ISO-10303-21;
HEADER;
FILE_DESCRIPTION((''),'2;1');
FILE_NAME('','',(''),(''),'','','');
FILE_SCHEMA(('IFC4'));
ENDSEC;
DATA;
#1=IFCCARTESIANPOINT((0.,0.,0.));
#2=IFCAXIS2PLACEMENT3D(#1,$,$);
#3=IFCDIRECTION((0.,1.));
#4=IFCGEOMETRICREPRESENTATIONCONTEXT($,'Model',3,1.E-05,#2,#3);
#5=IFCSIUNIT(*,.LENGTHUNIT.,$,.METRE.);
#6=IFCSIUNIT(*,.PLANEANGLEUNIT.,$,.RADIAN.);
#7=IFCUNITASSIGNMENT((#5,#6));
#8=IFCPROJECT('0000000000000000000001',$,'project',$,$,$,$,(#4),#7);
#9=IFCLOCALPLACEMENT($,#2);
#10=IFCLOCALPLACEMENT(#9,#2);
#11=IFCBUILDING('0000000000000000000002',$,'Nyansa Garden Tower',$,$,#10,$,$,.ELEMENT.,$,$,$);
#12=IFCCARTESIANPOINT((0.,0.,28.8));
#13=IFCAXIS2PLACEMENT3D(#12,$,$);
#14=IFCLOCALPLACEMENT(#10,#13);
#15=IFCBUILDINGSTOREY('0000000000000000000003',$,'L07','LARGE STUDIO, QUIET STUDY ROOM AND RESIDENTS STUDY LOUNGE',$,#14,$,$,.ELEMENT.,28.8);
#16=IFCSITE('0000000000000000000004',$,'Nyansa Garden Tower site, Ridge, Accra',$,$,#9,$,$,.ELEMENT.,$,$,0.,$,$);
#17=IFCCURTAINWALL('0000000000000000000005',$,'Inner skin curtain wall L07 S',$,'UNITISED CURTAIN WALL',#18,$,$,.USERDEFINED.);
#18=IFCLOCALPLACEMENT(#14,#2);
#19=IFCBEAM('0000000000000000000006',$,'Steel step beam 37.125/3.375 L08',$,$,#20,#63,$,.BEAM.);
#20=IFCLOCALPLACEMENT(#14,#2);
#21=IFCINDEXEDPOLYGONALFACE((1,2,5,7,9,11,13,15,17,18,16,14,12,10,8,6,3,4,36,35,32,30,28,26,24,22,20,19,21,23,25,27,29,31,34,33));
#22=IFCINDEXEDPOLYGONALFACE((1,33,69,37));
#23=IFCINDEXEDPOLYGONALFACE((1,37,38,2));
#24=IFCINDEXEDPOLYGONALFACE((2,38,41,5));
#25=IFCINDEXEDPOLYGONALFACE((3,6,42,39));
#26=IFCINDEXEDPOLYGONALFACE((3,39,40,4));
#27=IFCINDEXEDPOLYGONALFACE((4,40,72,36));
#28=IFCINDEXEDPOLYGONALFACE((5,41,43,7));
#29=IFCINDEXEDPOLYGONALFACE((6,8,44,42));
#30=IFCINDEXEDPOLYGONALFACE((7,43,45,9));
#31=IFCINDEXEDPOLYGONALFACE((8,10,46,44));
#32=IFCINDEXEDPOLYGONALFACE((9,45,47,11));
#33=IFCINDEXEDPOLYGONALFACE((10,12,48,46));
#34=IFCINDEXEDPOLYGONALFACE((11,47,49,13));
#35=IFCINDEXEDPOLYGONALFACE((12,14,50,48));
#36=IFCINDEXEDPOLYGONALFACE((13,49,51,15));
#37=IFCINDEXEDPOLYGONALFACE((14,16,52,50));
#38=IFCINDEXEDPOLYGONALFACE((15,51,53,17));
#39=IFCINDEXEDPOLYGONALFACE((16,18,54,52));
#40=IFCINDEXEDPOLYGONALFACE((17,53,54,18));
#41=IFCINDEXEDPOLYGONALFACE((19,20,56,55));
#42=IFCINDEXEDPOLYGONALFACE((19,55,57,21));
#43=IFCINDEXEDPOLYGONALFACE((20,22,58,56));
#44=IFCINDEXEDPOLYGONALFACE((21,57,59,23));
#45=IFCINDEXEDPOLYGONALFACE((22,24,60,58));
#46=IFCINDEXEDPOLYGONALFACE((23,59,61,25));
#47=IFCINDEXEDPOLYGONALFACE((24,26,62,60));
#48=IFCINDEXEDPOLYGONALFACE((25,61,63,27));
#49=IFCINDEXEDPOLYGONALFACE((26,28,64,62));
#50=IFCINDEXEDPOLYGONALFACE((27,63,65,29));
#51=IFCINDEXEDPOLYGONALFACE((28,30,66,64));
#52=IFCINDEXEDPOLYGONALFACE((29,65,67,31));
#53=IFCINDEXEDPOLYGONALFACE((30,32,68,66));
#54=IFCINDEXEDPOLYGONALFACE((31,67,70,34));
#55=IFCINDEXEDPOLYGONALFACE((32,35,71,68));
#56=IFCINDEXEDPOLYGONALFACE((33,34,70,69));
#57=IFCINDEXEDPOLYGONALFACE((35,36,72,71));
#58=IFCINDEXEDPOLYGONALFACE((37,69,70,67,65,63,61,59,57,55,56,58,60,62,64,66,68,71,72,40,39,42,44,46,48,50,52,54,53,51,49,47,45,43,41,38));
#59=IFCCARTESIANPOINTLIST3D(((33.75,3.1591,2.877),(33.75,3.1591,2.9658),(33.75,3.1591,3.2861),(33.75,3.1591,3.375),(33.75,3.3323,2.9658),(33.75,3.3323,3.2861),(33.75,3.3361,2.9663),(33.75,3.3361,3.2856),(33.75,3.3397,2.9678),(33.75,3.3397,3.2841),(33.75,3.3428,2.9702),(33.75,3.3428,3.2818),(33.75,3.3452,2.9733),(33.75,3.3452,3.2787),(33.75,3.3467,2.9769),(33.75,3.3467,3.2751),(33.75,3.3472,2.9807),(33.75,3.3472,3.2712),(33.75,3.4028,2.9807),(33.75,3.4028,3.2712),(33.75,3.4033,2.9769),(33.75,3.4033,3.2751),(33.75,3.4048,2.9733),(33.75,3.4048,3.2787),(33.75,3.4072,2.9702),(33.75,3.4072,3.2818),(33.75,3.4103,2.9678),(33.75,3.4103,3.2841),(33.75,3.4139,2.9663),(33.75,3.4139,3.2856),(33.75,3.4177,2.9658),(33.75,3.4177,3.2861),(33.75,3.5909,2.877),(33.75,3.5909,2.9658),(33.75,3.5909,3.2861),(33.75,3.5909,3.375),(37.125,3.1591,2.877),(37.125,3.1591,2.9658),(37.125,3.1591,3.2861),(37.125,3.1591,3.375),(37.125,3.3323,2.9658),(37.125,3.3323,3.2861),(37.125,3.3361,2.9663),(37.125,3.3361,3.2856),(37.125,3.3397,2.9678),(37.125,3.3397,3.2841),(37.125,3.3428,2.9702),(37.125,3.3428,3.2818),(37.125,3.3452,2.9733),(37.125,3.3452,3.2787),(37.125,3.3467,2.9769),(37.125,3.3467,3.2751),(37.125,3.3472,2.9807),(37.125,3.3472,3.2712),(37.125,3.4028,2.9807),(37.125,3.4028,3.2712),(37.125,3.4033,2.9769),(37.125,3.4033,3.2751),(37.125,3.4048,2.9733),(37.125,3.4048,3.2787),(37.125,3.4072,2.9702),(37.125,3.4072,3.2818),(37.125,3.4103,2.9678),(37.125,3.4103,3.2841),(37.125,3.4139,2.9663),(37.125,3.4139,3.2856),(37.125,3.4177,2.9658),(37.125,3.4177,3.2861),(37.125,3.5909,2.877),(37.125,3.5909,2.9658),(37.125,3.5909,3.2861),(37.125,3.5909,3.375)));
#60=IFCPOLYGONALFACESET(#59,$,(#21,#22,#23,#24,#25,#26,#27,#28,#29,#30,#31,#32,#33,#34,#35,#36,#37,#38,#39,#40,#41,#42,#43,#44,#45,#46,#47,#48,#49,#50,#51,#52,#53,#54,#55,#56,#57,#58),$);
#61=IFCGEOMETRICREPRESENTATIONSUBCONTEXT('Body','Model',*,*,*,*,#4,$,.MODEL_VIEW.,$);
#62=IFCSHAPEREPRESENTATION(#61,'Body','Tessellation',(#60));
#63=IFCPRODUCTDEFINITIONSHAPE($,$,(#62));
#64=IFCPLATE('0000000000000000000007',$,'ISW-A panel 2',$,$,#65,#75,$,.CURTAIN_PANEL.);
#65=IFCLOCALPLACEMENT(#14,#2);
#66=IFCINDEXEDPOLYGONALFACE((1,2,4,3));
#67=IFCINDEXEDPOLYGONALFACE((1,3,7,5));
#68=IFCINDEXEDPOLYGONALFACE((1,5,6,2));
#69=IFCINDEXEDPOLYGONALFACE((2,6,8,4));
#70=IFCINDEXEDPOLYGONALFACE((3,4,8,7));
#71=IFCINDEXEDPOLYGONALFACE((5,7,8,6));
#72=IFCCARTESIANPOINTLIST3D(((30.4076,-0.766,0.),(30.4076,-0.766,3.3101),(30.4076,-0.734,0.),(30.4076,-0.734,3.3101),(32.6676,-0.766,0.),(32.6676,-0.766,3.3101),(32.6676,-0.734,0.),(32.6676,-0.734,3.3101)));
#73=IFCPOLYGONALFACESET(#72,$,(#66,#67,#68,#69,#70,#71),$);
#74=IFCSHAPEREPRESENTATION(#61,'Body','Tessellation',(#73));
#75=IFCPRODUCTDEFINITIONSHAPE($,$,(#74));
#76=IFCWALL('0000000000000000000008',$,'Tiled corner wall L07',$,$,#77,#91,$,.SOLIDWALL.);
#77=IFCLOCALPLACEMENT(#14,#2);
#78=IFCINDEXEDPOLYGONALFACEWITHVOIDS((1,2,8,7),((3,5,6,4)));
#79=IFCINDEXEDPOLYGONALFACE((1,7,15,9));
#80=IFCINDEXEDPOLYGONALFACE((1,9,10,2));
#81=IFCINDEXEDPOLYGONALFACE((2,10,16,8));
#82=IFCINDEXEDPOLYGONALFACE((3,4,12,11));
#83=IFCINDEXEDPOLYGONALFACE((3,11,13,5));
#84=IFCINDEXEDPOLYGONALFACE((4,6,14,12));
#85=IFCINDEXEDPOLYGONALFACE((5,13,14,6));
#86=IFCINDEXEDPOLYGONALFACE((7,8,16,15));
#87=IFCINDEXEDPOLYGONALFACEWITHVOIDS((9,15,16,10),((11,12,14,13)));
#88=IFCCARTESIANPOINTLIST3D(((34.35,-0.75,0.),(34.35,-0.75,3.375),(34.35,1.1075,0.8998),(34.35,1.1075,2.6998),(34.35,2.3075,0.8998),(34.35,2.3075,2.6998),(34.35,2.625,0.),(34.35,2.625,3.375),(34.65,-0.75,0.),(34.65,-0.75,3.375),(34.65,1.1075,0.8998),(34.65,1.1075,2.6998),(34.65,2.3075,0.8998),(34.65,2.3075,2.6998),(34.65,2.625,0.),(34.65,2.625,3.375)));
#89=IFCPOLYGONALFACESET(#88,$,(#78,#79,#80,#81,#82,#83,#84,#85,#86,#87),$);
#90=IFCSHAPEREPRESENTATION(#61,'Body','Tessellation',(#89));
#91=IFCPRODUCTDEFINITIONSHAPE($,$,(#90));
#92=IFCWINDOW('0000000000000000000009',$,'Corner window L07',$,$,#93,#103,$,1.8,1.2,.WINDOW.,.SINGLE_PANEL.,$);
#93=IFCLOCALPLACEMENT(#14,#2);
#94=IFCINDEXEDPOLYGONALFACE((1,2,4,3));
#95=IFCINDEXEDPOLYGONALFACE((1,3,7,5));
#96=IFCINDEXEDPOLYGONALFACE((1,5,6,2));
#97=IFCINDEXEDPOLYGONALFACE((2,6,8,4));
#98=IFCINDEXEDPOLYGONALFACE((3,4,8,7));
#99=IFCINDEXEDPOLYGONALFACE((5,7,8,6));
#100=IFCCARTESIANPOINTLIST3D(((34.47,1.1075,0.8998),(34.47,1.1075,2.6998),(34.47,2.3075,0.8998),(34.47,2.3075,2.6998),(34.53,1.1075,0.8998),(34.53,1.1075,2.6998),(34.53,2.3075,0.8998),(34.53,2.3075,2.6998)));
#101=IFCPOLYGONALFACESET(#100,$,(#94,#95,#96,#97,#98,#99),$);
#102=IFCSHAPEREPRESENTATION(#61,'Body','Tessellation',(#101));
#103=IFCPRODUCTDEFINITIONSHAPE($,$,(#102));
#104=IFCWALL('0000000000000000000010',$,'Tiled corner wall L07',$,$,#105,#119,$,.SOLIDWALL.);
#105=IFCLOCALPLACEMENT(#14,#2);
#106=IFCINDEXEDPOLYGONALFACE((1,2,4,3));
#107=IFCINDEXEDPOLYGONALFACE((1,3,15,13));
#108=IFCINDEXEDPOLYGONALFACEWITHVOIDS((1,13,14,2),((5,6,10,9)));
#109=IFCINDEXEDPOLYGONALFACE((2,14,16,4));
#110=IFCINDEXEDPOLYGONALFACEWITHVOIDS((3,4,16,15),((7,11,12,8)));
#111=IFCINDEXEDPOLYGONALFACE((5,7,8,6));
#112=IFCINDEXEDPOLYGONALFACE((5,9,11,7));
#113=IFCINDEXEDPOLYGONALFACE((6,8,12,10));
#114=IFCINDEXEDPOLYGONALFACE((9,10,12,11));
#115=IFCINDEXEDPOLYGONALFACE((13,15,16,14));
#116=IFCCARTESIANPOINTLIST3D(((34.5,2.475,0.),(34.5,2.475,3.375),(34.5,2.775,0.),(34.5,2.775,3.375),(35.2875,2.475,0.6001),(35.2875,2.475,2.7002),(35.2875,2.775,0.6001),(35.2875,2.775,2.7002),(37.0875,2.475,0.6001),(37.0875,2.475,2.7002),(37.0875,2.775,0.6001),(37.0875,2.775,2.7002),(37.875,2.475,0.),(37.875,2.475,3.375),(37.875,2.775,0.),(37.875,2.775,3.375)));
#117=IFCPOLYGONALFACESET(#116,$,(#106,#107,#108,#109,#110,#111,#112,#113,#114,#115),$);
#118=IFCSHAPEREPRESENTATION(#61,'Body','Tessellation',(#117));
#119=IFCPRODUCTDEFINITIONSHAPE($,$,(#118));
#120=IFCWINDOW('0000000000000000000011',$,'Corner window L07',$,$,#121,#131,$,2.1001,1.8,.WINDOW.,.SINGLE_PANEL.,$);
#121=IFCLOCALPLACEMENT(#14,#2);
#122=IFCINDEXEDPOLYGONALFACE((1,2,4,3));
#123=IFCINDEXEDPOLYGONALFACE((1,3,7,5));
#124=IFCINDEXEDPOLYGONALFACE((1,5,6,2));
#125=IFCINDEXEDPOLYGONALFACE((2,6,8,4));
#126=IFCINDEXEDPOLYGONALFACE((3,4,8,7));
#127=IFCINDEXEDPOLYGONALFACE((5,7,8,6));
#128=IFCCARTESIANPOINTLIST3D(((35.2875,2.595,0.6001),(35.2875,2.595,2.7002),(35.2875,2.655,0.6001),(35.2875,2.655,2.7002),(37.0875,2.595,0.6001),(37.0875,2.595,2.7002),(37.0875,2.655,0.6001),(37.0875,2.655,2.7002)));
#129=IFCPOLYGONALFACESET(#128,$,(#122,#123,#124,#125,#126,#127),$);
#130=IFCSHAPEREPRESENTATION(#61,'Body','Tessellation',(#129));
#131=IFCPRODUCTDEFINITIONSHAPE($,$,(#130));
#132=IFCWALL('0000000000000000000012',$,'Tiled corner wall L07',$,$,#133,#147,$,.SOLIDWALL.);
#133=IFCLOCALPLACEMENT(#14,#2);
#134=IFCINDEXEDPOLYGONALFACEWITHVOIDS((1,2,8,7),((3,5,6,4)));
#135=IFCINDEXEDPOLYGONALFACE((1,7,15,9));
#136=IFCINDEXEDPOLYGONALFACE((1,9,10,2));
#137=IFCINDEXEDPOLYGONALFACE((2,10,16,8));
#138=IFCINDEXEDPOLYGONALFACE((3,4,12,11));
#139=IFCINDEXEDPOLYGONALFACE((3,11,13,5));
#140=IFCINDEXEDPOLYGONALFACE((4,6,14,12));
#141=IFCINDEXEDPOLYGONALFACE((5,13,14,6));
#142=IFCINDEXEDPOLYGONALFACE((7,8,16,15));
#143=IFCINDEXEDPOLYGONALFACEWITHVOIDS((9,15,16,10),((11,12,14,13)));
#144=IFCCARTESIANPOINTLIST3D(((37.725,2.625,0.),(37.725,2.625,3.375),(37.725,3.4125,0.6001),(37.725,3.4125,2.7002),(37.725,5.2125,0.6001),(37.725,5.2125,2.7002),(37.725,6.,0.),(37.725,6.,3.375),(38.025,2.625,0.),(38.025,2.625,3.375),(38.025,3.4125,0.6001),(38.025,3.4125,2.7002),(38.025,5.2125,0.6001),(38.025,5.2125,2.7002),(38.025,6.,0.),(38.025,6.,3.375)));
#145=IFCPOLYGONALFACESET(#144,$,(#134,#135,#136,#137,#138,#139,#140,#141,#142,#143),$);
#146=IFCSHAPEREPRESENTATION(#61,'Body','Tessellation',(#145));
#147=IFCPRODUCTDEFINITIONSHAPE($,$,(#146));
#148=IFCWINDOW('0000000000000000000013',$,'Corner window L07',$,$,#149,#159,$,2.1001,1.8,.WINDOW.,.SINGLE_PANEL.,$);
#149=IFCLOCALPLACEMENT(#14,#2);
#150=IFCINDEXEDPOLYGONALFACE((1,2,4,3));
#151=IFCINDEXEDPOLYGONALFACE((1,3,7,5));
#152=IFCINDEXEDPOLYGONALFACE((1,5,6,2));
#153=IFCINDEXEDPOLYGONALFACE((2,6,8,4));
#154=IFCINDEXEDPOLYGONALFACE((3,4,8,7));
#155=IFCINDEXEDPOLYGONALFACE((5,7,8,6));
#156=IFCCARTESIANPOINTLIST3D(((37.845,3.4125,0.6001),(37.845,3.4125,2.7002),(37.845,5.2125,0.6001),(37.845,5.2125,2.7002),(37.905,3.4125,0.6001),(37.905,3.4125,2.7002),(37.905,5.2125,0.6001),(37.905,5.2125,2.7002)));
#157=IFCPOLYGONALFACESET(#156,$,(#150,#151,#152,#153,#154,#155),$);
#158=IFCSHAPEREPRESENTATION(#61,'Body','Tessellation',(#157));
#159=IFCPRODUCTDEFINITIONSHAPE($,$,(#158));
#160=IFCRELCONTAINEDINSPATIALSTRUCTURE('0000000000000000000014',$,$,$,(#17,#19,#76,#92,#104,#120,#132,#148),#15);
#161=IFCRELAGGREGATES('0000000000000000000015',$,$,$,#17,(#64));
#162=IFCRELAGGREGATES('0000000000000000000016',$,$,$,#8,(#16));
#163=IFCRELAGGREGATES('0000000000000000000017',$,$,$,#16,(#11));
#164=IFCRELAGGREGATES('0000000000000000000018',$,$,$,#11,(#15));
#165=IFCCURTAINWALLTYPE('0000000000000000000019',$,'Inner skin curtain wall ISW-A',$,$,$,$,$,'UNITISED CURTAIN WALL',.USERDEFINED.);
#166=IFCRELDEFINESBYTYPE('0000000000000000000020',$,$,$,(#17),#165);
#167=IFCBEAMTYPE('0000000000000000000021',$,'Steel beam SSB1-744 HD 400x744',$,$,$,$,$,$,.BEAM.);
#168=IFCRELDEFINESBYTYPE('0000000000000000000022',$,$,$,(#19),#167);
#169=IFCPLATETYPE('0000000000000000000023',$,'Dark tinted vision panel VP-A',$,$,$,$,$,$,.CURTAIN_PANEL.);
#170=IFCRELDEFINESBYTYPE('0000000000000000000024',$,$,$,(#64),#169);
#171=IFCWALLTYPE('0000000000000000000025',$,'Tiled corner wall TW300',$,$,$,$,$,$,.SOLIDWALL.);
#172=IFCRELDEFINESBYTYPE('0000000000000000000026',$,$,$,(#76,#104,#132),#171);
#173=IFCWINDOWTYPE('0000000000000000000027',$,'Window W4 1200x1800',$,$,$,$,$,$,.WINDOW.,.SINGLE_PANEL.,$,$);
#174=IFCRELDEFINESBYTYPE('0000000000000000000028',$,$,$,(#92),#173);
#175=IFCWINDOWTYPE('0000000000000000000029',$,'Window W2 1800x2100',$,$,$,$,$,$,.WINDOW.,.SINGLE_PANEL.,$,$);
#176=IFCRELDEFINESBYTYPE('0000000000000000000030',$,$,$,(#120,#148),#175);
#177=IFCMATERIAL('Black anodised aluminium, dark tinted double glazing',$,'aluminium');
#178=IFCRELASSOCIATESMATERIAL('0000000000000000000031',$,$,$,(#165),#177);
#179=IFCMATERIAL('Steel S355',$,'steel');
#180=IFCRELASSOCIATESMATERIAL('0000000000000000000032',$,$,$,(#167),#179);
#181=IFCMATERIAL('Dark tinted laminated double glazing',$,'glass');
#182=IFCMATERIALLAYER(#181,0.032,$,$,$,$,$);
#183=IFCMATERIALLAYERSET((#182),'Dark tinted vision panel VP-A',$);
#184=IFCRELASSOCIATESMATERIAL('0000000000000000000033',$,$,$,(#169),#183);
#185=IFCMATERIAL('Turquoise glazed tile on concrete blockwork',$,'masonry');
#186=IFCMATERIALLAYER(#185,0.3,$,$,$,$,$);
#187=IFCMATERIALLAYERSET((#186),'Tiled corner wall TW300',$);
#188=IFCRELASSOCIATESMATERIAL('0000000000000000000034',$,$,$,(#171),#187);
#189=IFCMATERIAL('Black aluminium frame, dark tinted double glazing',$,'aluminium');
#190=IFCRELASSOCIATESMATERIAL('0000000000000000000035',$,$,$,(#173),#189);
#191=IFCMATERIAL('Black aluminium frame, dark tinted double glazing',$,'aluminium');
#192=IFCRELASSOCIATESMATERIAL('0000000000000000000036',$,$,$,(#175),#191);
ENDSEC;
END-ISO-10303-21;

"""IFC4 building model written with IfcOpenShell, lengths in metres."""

from ifc_helpers import new_model, si_unit, direction, frame, frame_2d, origin, origin_2d, place, context, subcontext, project, spatial, rectangle, i_section, extrude, material, layer, layer_set, material_profile, profile_set, type_object, element, fill, aggregate, save


model = new_model("IFC4")

# Units and contexts
model_context = context("Model", 3, precision=1e-05, world=origin(), true_north=direction((0.0, 1.0)))
body_context = subcontext(model_context, "Body", "Model", "MODEL_VIEW")
ifc_project = project(units=[si_unit("LENGTHUNIT", "METRE"), si_unit("PLANEANGLEUNIT", "RADIAN")], contexts=[model_context])

# Site, building, storey
site_placement = place(None, origin())
site = spatial("IfcSite", under=ifc_project, at=site_placement, Name="Nyansa Garden Tower site, Ridge, Accra", CompositionType="ELEMENT", RefElevation=0.0)
building_placement = place(site_placement, origin())
building = spatial("IfcBuilding", under=site, at=building_placement, Name="Nyansa Garden Tower", CompositionType="ELEMENT")
storey_placement = place(building_placement, frame((0.0, 0.0, 28.8)))
storey = spatial("IfcBuildingStorey", under=building, at=storey_placement, Name="L07", Description="LARGE STUDIO, QUIET STUDY ROOM AND RESIDENTS STUDY LOUNGE", CompositionType="ELEMENT", Elevation=28.8)

# Curtain wall
ifc_material_1 = material(Name="Black anodised aluminium, dark tinted double glazing", Category="aluminium")
curtain_wall_type = type_object("IfcCurtainWallType", Name="Inner skin curtain wall ISW-A", ElementType="UNITISED CURTAIN WALL", PredefinedType="USERDEFINED", material=ifc_material_1)
curtain_wall_placement = place(storey_placement, origin())
curtain_wall = element("IfcCurtainWall", 1, at=curtain_wall_placement, inside=storey, type_object=curtain_wall_type, Name="Inner skin curtain wall L07 S", ObjectType="UNITISED CURTAIN WALL", PredefinedType="USERDEFINED")

# Beam
ifc_material_2 = material(Name="Steel S355", Category="steel")
ifc_material_profile_1 = material_profile(ifc_material_2, i_section(OverallWidth=0.4319, OverallDepth=0.498, WebThickness=0.0557, FlangeThickness=0.0889, FilletRadius=0.0149, at=origin_2d()), Name="HD 400x744")
ifc_profile_set_1 = profile_set([ifc_material_profile_1], Name="Steel S355")
beam_type_1 = type_object("IfcBeamType", Name="Steel beam SSB1-744 HD 400x744", PredefinedType="BEAM", material=ifc_profile_set_1)
for number, where, z_axis, x_axis, name in (
    (2, (37.125, 3.375, 3.126), (-1.0, 0.0, 0.0), (0.0, -1.0, 0.0), "Steel step beam 37.125/3.375 L08"),
):
    element("IfcBeam", number, at=place(storey_placement, frame(where, z_axis=z_axis, x_axis=x_axis)), inside=storey, type_object=beam_type_1, Name=name, PredefinedType="BEAM", context=body_context, shape_type="SweptSolid", body=[
        extrude(i_section(OverallWidth=0.4319, OverallDepth=0.498, WebThickness=0.0557, FlangeThickness=0.0889, FilletRadius=0.0149, at=origin_2d()), origin(), (0.0, 0.0, 1.0), 3.375),
    ])

# Plate
ifc_material_3 = material(Name="Dark tinted laminated double glazing", Category="glass")
ifc_layer_1 = layer(ifc_material_3, 0.032)
ifc_layer_set_1 = layer_set([ifc_layer_1], Name="Dark tinted vision panel VP-A")
plate_type = type_object("IfcPlateType", Name="Dark tinted vision panel VP-A", PredefinedType="CURTAIN_PANEL", material=ifc_layer_set_1)
plate_placement = place(storey_placement, frame((31.5376, -0.75, 0.0), z_axis=(0.0, 0.0, 1.0), x_axis=(1.0, 0.0, 0.0)))
plate = element("IfcPlate", 3, at=plate_placement, type_object=plate_type, Name="ISW-A panel 2", PredefinedType="CURTAIN_PANEL", context=body_context, shape_type="SweptSolid", body=[
    extrude(rectangle(XDim=2.26, YDim=0.032, at=origin_2d()), origin(), (0.0, 0.0, 1.0), 3.3101),
])
aggregate(curtain_wall, [plate])

# Walls, openings, windows
ifc_material_4 = material(Name="Turquoise glazed tile on concrete blockwork", Category="masonry")
ifc_layer_2 = layer(ifc_material_4, 0.3)
ifc_layer_set_2 = layer_set([ifc_layer_2], Name="Tiled corner wall TW300")
wall_type = type_object("IfcWallType", Name="Tiled corner wall TW300", PredefinedType="SOLIDWALL", material=ifc_layer_set_2)
wall_1_placement = place(storey_placement, frame((34.5, -0.75, 0.0), z_axis=(0.0, 0.0, 1.0), x_axis=(0.0, 1.0, 0.0)))
wall_1 = element("IfcWall", 4, at=wall_1_placement, inside=storey, type_object=wall_type, Name="Tiled corner wall L07", PredefinedType="SOLIDWALL", context=body_context, shape_type="SweptSolid", body=[
    extrude(rectangle(XDim=3.375, YDim=0.3, at=frame_2d((1.6875, 0.0))), origin(), (0.0, 0.0, 1.0), 3.375),
])
opening_1_placement = place(wall_1_placement, frame((1.8574, 0.0, 0.8999)))
opening_1 = element("IfcOpeningElement", 5, at=opening_1_placement, cuts=wall_1, PredefinedType="OPENING", context=body_context, shape_type="SweptSolid", body=[
    extrude(rectangle(XDim=1.2, YDim=1.8, at=frame_2d((0.6001, 0.8999))), frame((0.0, 0.1599, 0.0), z_axis=(0.0, -1.0, 0.0), x_axis=(1.0, 0.0, 0.0)), (0.0, 0.0, 1.0), 0.3201),
])
ifc_material_5 = material(Name="Black aluminium frame, dark tinted double glazing", Category="aluminium")
window_type_1 = type_object("IfcWindowType", Name="Window W4 1200x1800", PartitioningType="SINGLE_PANEL", PredefinedType="WINDOW", material=ifc_material_5)
window_1_placement = place(opening_1_placement, origin())
window_1 = element("IfcWindow", 6, at=window_1_placement, inside=storey, type_object=window_type_1, Name="Corner window L07", OverallHeight=1.8, OverallWidth=1.2, PartitioningType="SINGLE_PANEL", PredefinedType="WINDOW", context=body_context, shape_type="SweptSolid", body=[
    extrude(rectangle(XDim=1.2, YDim=1.8, at=frame_2d((0.6001, 0.8999))), frame((0.0, 0.03, 0.0), z_axis=(0.0, -1.0, 0.0), x_axis=(1.0, 0.0, 0.0)), (0.0, 0.0, 1.0), 0.0601),
])
fill(opening_1, window_1)
wall_2_placement = place(storey_placement, frame((34.5, 2.625, 0.0), z_axis=(0.0, 0.0, 1.0), x_axis=(1.0, 0.0, 0.0)))
wall_2 = element("IfcWall", 7, at=wall_2_placement, inside=storey, type_object=wall_type, Name="Tiled corner wall L07", PredefinedType="SOLIDWALL", context=body_context, shape_type="SweptSolid", body=[
    extrude(rectangle(XDim=3.375, YDim=0.3, at=frame_2d((1.6875, 0.0))), origin(), (0.0, 0.0, 1.0), 3.375),
])
opening_2_placement = place(wall_2_placement, frame((0.7876, 0.0, 0.6001)))
opening_2 = element("IfcOpeningElement", 8, at=opening_2_placement, cuts=wall_2, PredefinedType="OPENING", context=body_context, shape_type="SweptSolid", body=[
    extrude(rectangle(XDim=1.8, YDim=2.1001, at=frame_2d((0.8999, 1.05))), frame((0.0, 0.1599, 0.0), z_axis=(0.0, -1.0, 0.0), x_axis=(1.0, 0.0, 0.0)), (0.0, 0.0, 1.0), 0.3201),
])
ifc_material_6 = material(Name="Black aluminium frame, dark tinted double glazing", Category="aluminium")
window_type_2 = type_object("IfcWindowType", Name="Window W2 1800x2100", PartitioningType="SINGLE_PANEL", PredefinedType="WINDOW", material=ifc_material_6)
window_2_placement = place(opening_2_placement, origin())
window_2 = element("IfcWindow", 9, at=window_2_placement, inside=storey, type_object=window_type_2, Name="Corner window L07", OverallHeight=2.1001, OverallWidth=1.8, PartitioningType="SINGLE_PANEL", PredefinedType="WINDOW", context=body_context, shape_type="SweptSolid", body=[
    extrude(rectangle(XDim=1.8, YDim=2.1001, at=frame_2d((0.8999, 1.05))), frame((0.0, 0.03, 0.0), z_axis=(0.0, -1.0, 0.0), x_axis=(1.0, 0.0, 0.0)), (0.0, 0.0, 1.0), 0.0601),
])
fill(opening_2, window_2)
wall_3_placement = place(storey_placement, frame((37.875, 2.625, 0.0), z_axis=(0.0, 0.0, 1.0), x_axis=(0.0, 1.0, 0.0)))
wall_3 = element("IfcWall", 10, at=wall_3_placement, inside=storey, type_object=wall_type, Name="Tiled corner wall L07", PredefinedType="SOLIDWALL", context=body_context, shape_type="SweptSolid", body=[
    extrude(rectangle(XDim=3.375, YDim=0.3, at=frame_2d((1.6875, 0.0))), origin(), (0.0, 0.0, 1.0), 3.375),
])
opening_3_placement = place(wall_3_placement, frame((0.7876, 0.0, 0.6001)))
opening_3 = element("IfcOpeningElement", 11, at=opening_3_placement, cuts=wall_3, PredefinedType="OPENING", context=body_context, shape_type="SweptSolid", body=[
    extrude(rectangle(XDim=1.8, YDim=2.1001, at=frame_2d((0.8999, 1.05))), frame((0.0, 0.1599, 0.0), z_axis=(0.0, -1.0, 0.0), x_axis=(1.0, 0.0, 0.0)), (0.0, 0.0, 1.0), 0.3201),
])
window_3_placement = place(opening_3_placement, origin())
window_3 = element("IfcWindow", 12, at=window_3_placement, inside=storey, type_object=window_type_2, Name="Corner window L07", OverallHeight=2.1001, OverallWidth=1.8, PartitioningType="SINGLE_PANEL", PredefinedType="WINDOW", context=body_context, shape_type="SweptSolid", body=[
    extrude(rectangle(XDim=1.8, YDim=2.1001, at=frame_2d((0.8999, 1.05))), frame((0.0, 0.03, 0.0), z_axis=(0.0, -1.0, 0.0), x_axis=(1.0, 0.0, 0.0)), (0.0, 0.0, 1.0), 0.0601),
])
fill(opening_3, window_3)

save(model, "model.ifc")
